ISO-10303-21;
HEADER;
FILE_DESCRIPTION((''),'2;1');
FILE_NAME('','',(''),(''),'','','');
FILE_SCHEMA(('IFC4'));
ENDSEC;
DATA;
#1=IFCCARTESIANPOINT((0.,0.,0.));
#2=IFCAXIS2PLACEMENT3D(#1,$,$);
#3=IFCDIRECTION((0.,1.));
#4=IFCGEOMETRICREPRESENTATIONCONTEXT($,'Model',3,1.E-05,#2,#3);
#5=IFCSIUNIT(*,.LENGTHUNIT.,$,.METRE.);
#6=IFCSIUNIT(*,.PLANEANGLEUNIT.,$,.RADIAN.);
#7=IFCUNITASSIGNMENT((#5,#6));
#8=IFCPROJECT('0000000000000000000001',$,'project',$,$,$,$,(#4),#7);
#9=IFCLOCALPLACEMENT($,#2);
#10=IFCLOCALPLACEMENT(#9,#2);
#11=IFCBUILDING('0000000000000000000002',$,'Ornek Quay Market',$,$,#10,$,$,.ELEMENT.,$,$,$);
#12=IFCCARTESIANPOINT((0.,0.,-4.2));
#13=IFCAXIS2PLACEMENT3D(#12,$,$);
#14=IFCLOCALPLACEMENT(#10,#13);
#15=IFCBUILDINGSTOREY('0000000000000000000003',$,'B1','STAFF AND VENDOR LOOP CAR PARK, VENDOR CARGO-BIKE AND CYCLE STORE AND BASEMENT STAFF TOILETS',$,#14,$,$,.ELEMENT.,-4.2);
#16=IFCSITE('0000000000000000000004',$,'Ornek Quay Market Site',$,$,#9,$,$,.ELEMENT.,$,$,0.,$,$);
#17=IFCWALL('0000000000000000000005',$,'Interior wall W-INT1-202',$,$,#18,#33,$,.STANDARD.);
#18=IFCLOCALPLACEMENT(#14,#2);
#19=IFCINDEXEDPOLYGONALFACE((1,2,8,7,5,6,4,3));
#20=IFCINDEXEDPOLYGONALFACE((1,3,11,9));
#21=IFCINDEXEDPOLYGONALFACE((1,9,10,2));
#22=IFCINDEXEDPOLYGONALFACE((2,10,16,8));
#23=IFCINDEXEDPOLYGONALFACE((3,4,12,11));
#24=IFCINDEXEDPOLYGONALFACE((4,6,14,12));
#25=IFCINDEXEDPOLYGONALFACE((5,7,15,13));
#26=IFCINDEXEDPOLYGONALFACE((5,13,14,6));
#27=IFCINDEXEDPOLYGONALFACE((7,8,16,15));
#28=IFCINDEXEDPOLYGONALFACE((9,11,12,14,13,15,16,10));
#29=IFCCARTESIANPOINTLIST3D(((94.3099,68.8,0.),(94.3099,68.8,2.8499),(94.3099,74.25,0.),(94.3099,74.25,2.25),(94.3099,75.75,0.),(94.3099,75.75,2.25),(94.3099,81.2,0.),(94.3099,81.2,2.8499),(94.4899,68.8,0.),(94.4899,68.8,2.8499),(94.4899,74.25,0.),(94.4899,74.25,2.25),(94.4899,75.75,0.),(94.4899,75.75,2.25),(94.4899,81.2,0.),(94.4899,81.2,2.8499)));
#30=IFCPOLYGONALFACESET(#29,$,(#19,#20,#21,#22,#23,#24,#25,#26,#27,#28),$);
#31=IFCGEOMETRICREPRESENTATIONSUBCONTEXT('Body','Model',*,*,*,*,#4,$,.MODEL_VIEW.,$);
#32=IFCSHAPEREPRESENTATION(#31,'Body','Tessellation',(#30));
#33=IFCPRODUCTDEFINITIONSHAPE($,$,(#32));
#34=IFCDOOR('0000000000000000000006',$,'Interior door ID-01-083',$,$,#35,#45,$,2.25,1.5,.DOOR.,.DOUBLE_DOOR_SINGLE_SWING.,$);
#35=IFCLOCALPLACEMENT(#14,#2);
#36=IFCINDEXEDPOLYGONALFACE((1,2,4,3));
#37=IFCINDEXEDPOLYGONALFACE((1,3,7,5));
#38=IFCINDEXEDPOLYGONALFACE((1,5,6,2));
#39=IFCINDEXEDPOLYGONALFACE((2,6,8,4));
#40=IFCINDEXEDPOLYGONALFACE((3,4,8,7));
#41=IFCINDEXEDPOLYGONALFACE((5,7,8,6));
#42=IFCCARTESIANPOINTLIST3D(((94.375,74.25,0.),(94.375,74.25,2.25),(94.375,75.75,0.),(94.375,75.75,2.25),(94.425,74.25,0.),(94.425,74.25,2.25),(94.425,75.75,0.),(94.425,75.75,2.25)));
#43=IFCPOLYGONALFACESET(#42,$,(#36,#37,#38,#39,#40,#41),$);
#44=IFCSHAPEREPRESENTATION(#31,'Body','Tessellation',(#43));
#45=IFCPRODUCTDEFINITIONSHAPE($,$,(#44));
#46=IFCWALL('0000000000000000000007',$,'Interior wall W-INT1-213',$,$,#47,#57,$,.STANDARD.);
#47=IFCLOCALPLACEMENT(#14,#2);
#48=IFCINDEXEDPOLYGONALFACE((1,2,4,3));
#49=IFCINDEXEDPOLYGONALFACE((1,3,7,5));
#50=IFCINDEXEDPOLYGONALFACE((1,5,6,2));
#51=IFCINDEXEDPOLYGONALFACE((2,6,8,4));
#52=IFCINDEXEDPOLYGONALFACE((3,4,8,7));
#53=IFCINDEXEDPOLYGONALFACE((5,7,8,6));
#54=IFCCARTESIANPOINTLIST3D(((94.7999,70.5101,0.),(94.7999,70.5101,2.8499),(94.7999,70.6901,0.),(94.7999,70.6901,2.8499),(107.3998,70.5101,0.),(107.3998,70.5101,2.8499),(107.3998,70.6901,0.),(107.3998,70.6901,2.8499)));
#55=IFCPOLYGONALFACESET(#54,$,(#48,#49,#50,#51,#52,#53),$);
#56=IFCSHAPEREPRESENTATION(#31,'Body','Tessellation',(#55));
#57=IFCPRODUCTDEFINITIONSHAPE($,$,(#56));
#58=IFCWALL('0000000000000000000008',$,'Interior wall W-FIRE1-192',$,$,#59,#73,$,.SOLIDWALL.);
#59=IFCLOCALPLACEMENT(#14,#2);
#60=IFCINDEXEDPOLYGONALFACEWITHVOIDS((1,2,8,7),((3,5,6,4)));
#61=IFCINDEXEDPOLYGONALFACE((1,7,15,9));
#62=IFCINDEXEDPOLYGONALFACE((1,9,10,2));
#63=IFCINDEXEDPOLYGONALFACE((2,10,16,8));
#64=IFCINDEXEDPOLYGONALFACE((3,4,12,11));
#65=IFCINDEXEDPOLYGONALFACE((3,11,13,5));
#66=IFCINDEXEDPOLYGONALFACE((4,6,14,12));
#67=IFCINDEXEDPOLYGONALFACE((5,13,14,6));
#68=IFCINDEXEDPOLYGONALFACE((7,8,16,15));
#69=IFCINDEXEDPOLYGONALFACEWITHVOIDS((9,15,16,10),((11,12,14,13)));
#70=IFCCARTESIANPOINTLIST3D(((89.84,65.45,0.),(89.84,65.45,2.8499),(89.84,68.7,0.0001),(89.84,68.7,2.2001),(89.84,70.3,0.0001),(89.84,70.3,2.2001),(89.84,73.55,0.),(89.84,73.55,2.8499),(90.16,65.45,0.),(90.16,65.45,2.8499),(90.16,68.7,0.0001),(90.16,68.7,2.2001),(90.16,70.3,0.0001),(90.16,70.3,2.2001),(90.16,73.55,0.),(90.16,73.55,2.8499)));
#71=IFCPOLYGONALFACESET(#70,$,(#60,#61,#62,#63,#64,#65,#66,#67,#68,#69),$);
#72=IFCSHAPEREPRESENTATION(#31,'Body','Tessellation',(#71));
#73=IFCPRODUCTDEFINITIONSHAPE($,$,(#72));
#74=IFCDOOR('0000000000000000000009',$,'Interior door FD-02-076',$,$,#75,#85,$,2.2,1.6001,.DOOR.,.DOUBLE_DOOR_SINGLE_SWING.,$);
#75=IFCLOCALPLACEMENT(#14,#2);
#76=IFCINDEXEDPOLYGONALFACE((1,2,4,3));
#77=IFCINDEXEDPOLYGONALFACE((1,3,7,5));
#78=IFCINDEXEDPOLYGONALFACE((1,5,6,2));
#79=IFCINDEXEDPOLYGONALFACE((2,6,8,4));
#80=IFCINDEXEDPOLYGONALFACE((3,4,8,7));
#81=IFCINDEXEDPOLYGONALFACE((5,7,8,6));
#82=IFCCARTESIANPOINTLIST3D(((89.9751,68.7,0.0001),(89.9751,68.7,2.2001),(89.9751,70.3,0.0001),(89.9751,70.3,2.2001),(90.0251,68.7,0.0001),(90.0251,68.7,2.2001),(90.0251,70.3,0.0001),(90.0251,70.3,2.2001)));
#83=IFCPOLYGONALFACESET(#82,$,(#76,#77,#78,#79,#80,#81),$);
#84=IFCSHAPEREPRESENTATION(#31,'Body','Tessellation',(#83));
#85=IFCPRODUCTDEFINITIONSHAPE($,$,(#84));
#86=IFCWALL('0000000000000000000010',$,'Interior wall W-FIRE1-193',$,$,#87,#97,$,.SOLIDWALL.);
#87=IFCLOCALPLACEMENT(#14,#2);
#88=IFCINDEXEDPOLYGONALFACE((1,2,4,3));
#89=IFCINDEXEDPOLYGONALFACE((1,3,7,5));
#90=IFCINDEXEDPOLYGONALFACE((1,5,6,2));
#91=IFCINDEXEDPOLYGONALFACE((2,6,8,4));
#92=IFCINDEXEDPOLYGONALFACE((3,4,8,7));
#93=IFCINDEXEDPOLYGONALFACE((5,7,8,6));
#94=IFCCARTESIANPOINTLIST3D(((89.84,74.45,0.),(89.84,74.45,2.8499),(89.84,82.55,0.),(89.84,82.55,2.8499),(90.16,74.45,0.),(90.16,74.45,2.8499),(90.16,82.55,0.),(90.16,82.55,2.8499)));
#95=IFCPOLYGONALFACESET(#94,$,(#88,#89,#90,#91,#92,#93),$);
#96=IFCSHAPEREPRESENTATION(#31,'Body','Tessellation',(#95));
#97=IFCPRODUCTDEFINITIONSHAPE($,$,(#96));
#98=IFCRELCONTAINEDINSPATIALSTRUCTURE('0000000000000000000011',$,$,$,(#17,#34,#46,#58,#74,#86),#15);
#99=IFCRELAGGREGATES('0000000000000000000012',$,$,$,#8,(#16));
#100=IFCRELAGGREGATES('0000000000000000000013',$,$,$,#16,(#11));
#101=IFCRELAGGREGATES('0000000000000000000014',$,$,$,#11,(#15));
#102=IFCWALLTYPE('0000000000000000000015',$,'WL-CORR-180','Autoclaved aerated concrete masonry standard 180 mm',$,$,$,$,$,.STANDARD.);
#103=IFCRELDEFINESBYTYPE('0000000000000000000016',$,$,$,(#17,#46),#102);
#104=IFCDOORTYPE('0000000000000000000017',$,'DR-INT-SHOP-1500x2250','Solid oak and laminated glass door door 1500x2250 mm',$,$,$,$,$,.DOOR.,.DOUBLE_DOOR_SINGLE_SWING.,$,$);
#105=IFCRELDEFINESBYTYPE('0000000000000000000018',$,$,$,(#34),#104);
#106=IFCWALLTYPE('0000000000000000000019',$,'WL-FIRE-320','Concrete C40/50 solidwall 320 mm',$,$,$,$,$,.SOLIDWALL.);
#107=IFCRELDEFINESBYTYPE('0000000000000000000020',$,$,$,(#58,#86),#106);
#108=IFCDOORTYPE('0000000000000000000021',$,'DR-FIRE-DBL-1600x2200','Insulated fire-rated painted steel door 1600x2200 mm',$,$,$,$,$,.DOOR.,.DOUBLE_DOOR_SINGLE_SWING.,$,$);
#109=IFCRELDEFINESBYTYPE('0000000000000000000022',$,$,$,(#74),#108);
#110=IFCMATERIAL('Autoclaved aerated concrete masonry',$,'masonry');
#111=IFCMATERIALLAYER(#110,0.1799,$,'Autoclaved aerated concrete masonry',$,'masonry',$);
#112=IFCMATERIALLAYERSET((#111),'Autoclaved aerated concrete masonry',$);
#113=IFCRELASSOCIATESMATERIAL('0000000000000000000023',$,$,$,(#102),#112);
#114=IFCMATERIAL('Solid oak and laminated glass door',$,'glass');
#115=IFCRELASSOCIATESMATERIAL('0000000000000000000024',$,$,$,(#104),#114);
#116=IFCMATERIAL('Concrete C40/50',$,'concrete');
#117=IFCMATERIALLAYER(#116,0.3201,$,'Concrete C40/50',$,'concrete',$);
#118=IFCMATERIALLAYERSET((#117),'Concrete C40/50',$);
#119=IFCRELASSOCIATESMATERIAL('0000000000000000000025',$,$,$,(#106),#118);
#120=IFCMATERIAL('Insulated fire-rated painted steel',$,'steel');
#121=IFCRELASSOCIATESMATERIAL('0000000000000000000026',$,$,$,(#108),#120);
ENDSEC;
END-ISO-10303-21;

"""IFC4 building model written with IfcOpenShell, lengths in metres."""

from ifc_helpers import new_model, si_unit, direction, frame, frame_2d, origin, place, context, subcontext, project, spatial, rectangle, extrude, material, layer, layer_set, type_object, element, fill, save


model = new_model("IFC4")

# Units and contexts
model_context = context("Model", 3, precision=1e-05, world=origin(), true_north=direction((0.0, 1.0)))
body_context = subcontext(model_context, "Body", "Model", "MODEL_VIEW")
ifc_project = project(units=[si_unit("LENGTHUNIT", "METRE"), si_unit("PLANEANGLEUNIT", "RADIAN")], contexts=[model_context])

# Site, building, storey
site_placement = place(None, origin())
site = spatial("IfcSite", under=ifc_project, at=site_placement, Name="Ornek Quay Market Site", CompositionType="ELEMENT", RefElevation=0.0)
building_placement = place(site_placement, origin())
building = spatial("IfcBuilding", under=site, at=building_placement, Name="Ornek Quay Market", CompositionType="ELEMENT")
storey_placement = place(building_placement, frame((0.0, 0.0, -4.2)))
storey = spatial("IfcBuildingStorey", under=building, at=storey_placement, Name="B1", Description="STAFF AND VENDOR LOOP CAR PARK, VENDOR CARGO-BIKE AND CYCLE STORE AND BASEMENT STAFF TOILETS", CompositionType="ELEMENT", Elevation=-4.2)

# Shared definitions
ifc_material_1 = material(Name="Concrete C40/50", Category="concrete")

# Wall, opening, door
ifc_material_2 = material(Name="Autoclaved aerated concrete masonry", Category="masonry")
ifc_layer_1 = layer(ifc_material_2, 0.1799, Name="Autoclaved aerated concrete masonry", Category="masonry")
ifc_layer_set_1 = layer_set([ifc_layer_1], Name="Autoclaved aerated concrete masonry")
wall_type_1 = type_object("IfcWallType", Name="WL-CORR-180", Description="Autoclaved aerated concrete masonry standard 180 mm", PredefinedType="STANDARD", material=ifc_layer_set_1)
wall_1_placement = place(storey_placement, frame((94.3999, 68.8, 0.0), z_axis=(0.0, 0.0, 1.0), x_axis=(0.0, 1.0, 0.0)))
wall_1 = element("IfcWall", 1, at=wall_1_placement, inside=storey, type_object=wall_type_1, Name="Interior wall W-INT1-202", PredefinedType="STANDARD", context=body_context, shape_type="SweptSolid", body=[
    extrude(rectangle(XDim=12.3999, YDim=0.1799, at=frame_2d((6.2, 0.0))), origin(), (0.0, 0.0, 1.0), 2.8499),
])
opening_1_placement = place(wall_1_placement, frame((5.45, 0.0, 0.0)))
opening_1 = element("IfcOpeningElement", 2, at=opening_1_placement, cuts=wall_1, PredefinedType="OPENING", context=body_context, shape_type="SweptSolid", body=[
    extrude(rectangle(XDim=1.5, YDim=2.25, at=frame_2d((0.75, 1.125))), frame((0.0, 0.0999, 0.0), z_axis=(0.0, -1.0, 0.0), x_axis=(1.0, 0.0, 0.0)), (0.0, 0.0, 1.0), 0.2),
])
ifc_material_3 = material(Name="Solid oak and laminated glass door", Category="glass")
door_type_1 = type_object("IfcDoorType", Name="DR-INT-SHOP-1500x2250", Description="Solid oak and laminated glass door door 1500x2250 mm", OperationType="DOUBLE_DOOR_SINGLE_SWING", PredefinedType="DOOR", material=ifc_material_3)
door_1_placement = place(opening_1_placement, origin())
door_1 = element("IfcDoor", 3, at=door_1_placement, inside=storey, type_object=door_type_1, Name="Interior door ID-01-083", OperationType="DOUBLE_DOOR_SINGLE_SWING", OverallHeight=2.25, OverallWidth=1.5, PredefinedType="DOOR", context=body_context, shape_type="SweptSolid", body=[
    extrude(rectangle(XDim=1.5, YDim=2.25, at=frame_2d((0.75, 1.125))), frame((0.0, 0.0249, 0.0), z_axis=(0.0, -1.0, 0.0), x_axis=(1.0, 0.0, 0.0)), (0.0, 0.0, 1.0), 0.05),
])
fill(opening_1, door_1)

# Wall
wall_2_placement = place(storey_placement, frame((94.8, 70.6001, 0.0), z_axis=(0.0, 0.0, 1.0), x_axis=(1.0, 0.0, 0.0)))
element("IfcWall", 4, at=wall_2_placement, inside=storey, type_object=wall_type_1, Name="Interior wall W-INT1-213", PredefinedType="STANDARD", context=body_context, shape_type="SweptSolid", body=[
    extrude(rectangle(XDim=12.5999, YDim=0.1799, at=frame_2d((6.2998, 0.0))), origin(), (0.0, 0.0, 1.0), 2.8499),
])

# Wall, opening, door
ifc_layer_2 = layer(ifc_material_1, 0.3201, Name="Concrete C40/50", Category="concrete")
ifc_layer_set_2 = layer_set([ifc_layer_2], Name="Concrete C40/50")
wall_type_2 = type_object("IfcWallType", Name="WL-FIRE-320", Description="Concrete C40/50 solidwall 320 mm", PredefinedType="SOLIDWALL", material=ifc_layer_set_2)
wall_3_placement = place(storey_placement, frame((90.0, 65.45, 0.0), z_axis=(0.0, 0.0, 1.0), x_axis=(0.0, 1.0, 0.0)))
wall_3 = element("IfcWall", 5, at=wall_3_placement, inside=storey, type_object=wall_type_2, Name="Interior wall W-FIRE1-192", PredefinedType="SOLIDWALL", context=body_context, shape_type="SweptSolid", body=[
    extrude(rectangle(XDim=8.1001, YDim=0.3201, at=frame_2d((4.05, 0.0))), origin(), (0.0, 0.0, 1.0), 2.8499),
])
opening_2_placement = place(wall_3_placement, frame((3.25, 0.0, 0.0)))
opening_2 = element("IfcOpeningElement", 6, at=opening_2_placement, cuts=wall_3, PredefinedType="OPENING", context=body_context, shape_type="SweptSolid", body=[
    extrude(rectangle(XDim=1.6001, YDim=2.2, at=frame_2d((0.8, 1.1001))), frame((0.0, 0.1699, 0.0), z_axis=(0.0, -1.0, 0.0), x_axis=(1.0, 0.0, 0.0)), (0.0, 0.0, 1.0), 0.3401),
])
ifc_material_4 = material(Name="Insulated fire-rated painted steel", Category="steel")
door_type_2 = type_object("IfcDoorType", Name="DR-FIRE-DBL-1600x2200", Description="Insulated fire-rated painted steel door 1600x2200 mm", OperationType="DOUBLE_DOOR_SINGLE_SWING", PredefinedType="DOOR", material=ifc_material_4)
door_2_placement = place(opening_2_placement, origin())
door_2 = element("IfcDoor", 7, at=door_2_placement, inside=storey, type_object=door_type_2, Name="Interior door FD-02-076", OperationType="DOUBLE_DOOR_SINGLE_SWING", OverallHeight=2.2, OverallWidth=1.6001, PredefinedType="DOOR", context=body_context, shape_type="SweptSolid", body=[
    extrude(rectangle(XDim=1.6001, YDim=2.2, at=frame_2d((0.8, 1.1001))), frame((0.0, 0.0249, 0.0), z_axis=(0.0, -1.0, 0.0), x_axis=(1.0, 0.0, 0.0)), (0.0, 0.0, 1.0), 0.05),
])
fill(opening_2, door_2)

# Wall
wall_4_placement = place(storey_placement, frame((90.0, 74.45, 0.0), z_axis=(0.0, 0.0, 1.0), x_axis=(0.0, 1.0, 0.0)))
element("IfcWall", 8, at=wall_4_placement, inside=storey, type_object=wall_type_2, Name="Interior wall W-FIRE1-193", PredefinedType="SOLIDWALL", context=body_context, shape_type="SweptSolid", body=[
    extrude(rectangle(XDim=8.1001, YDim=0.3201, at=frame_2d((4.05, 0.0))), origin(), (0.0, 0.0, 1.0), 2.8499),
])

save(model, "model.ifc")
